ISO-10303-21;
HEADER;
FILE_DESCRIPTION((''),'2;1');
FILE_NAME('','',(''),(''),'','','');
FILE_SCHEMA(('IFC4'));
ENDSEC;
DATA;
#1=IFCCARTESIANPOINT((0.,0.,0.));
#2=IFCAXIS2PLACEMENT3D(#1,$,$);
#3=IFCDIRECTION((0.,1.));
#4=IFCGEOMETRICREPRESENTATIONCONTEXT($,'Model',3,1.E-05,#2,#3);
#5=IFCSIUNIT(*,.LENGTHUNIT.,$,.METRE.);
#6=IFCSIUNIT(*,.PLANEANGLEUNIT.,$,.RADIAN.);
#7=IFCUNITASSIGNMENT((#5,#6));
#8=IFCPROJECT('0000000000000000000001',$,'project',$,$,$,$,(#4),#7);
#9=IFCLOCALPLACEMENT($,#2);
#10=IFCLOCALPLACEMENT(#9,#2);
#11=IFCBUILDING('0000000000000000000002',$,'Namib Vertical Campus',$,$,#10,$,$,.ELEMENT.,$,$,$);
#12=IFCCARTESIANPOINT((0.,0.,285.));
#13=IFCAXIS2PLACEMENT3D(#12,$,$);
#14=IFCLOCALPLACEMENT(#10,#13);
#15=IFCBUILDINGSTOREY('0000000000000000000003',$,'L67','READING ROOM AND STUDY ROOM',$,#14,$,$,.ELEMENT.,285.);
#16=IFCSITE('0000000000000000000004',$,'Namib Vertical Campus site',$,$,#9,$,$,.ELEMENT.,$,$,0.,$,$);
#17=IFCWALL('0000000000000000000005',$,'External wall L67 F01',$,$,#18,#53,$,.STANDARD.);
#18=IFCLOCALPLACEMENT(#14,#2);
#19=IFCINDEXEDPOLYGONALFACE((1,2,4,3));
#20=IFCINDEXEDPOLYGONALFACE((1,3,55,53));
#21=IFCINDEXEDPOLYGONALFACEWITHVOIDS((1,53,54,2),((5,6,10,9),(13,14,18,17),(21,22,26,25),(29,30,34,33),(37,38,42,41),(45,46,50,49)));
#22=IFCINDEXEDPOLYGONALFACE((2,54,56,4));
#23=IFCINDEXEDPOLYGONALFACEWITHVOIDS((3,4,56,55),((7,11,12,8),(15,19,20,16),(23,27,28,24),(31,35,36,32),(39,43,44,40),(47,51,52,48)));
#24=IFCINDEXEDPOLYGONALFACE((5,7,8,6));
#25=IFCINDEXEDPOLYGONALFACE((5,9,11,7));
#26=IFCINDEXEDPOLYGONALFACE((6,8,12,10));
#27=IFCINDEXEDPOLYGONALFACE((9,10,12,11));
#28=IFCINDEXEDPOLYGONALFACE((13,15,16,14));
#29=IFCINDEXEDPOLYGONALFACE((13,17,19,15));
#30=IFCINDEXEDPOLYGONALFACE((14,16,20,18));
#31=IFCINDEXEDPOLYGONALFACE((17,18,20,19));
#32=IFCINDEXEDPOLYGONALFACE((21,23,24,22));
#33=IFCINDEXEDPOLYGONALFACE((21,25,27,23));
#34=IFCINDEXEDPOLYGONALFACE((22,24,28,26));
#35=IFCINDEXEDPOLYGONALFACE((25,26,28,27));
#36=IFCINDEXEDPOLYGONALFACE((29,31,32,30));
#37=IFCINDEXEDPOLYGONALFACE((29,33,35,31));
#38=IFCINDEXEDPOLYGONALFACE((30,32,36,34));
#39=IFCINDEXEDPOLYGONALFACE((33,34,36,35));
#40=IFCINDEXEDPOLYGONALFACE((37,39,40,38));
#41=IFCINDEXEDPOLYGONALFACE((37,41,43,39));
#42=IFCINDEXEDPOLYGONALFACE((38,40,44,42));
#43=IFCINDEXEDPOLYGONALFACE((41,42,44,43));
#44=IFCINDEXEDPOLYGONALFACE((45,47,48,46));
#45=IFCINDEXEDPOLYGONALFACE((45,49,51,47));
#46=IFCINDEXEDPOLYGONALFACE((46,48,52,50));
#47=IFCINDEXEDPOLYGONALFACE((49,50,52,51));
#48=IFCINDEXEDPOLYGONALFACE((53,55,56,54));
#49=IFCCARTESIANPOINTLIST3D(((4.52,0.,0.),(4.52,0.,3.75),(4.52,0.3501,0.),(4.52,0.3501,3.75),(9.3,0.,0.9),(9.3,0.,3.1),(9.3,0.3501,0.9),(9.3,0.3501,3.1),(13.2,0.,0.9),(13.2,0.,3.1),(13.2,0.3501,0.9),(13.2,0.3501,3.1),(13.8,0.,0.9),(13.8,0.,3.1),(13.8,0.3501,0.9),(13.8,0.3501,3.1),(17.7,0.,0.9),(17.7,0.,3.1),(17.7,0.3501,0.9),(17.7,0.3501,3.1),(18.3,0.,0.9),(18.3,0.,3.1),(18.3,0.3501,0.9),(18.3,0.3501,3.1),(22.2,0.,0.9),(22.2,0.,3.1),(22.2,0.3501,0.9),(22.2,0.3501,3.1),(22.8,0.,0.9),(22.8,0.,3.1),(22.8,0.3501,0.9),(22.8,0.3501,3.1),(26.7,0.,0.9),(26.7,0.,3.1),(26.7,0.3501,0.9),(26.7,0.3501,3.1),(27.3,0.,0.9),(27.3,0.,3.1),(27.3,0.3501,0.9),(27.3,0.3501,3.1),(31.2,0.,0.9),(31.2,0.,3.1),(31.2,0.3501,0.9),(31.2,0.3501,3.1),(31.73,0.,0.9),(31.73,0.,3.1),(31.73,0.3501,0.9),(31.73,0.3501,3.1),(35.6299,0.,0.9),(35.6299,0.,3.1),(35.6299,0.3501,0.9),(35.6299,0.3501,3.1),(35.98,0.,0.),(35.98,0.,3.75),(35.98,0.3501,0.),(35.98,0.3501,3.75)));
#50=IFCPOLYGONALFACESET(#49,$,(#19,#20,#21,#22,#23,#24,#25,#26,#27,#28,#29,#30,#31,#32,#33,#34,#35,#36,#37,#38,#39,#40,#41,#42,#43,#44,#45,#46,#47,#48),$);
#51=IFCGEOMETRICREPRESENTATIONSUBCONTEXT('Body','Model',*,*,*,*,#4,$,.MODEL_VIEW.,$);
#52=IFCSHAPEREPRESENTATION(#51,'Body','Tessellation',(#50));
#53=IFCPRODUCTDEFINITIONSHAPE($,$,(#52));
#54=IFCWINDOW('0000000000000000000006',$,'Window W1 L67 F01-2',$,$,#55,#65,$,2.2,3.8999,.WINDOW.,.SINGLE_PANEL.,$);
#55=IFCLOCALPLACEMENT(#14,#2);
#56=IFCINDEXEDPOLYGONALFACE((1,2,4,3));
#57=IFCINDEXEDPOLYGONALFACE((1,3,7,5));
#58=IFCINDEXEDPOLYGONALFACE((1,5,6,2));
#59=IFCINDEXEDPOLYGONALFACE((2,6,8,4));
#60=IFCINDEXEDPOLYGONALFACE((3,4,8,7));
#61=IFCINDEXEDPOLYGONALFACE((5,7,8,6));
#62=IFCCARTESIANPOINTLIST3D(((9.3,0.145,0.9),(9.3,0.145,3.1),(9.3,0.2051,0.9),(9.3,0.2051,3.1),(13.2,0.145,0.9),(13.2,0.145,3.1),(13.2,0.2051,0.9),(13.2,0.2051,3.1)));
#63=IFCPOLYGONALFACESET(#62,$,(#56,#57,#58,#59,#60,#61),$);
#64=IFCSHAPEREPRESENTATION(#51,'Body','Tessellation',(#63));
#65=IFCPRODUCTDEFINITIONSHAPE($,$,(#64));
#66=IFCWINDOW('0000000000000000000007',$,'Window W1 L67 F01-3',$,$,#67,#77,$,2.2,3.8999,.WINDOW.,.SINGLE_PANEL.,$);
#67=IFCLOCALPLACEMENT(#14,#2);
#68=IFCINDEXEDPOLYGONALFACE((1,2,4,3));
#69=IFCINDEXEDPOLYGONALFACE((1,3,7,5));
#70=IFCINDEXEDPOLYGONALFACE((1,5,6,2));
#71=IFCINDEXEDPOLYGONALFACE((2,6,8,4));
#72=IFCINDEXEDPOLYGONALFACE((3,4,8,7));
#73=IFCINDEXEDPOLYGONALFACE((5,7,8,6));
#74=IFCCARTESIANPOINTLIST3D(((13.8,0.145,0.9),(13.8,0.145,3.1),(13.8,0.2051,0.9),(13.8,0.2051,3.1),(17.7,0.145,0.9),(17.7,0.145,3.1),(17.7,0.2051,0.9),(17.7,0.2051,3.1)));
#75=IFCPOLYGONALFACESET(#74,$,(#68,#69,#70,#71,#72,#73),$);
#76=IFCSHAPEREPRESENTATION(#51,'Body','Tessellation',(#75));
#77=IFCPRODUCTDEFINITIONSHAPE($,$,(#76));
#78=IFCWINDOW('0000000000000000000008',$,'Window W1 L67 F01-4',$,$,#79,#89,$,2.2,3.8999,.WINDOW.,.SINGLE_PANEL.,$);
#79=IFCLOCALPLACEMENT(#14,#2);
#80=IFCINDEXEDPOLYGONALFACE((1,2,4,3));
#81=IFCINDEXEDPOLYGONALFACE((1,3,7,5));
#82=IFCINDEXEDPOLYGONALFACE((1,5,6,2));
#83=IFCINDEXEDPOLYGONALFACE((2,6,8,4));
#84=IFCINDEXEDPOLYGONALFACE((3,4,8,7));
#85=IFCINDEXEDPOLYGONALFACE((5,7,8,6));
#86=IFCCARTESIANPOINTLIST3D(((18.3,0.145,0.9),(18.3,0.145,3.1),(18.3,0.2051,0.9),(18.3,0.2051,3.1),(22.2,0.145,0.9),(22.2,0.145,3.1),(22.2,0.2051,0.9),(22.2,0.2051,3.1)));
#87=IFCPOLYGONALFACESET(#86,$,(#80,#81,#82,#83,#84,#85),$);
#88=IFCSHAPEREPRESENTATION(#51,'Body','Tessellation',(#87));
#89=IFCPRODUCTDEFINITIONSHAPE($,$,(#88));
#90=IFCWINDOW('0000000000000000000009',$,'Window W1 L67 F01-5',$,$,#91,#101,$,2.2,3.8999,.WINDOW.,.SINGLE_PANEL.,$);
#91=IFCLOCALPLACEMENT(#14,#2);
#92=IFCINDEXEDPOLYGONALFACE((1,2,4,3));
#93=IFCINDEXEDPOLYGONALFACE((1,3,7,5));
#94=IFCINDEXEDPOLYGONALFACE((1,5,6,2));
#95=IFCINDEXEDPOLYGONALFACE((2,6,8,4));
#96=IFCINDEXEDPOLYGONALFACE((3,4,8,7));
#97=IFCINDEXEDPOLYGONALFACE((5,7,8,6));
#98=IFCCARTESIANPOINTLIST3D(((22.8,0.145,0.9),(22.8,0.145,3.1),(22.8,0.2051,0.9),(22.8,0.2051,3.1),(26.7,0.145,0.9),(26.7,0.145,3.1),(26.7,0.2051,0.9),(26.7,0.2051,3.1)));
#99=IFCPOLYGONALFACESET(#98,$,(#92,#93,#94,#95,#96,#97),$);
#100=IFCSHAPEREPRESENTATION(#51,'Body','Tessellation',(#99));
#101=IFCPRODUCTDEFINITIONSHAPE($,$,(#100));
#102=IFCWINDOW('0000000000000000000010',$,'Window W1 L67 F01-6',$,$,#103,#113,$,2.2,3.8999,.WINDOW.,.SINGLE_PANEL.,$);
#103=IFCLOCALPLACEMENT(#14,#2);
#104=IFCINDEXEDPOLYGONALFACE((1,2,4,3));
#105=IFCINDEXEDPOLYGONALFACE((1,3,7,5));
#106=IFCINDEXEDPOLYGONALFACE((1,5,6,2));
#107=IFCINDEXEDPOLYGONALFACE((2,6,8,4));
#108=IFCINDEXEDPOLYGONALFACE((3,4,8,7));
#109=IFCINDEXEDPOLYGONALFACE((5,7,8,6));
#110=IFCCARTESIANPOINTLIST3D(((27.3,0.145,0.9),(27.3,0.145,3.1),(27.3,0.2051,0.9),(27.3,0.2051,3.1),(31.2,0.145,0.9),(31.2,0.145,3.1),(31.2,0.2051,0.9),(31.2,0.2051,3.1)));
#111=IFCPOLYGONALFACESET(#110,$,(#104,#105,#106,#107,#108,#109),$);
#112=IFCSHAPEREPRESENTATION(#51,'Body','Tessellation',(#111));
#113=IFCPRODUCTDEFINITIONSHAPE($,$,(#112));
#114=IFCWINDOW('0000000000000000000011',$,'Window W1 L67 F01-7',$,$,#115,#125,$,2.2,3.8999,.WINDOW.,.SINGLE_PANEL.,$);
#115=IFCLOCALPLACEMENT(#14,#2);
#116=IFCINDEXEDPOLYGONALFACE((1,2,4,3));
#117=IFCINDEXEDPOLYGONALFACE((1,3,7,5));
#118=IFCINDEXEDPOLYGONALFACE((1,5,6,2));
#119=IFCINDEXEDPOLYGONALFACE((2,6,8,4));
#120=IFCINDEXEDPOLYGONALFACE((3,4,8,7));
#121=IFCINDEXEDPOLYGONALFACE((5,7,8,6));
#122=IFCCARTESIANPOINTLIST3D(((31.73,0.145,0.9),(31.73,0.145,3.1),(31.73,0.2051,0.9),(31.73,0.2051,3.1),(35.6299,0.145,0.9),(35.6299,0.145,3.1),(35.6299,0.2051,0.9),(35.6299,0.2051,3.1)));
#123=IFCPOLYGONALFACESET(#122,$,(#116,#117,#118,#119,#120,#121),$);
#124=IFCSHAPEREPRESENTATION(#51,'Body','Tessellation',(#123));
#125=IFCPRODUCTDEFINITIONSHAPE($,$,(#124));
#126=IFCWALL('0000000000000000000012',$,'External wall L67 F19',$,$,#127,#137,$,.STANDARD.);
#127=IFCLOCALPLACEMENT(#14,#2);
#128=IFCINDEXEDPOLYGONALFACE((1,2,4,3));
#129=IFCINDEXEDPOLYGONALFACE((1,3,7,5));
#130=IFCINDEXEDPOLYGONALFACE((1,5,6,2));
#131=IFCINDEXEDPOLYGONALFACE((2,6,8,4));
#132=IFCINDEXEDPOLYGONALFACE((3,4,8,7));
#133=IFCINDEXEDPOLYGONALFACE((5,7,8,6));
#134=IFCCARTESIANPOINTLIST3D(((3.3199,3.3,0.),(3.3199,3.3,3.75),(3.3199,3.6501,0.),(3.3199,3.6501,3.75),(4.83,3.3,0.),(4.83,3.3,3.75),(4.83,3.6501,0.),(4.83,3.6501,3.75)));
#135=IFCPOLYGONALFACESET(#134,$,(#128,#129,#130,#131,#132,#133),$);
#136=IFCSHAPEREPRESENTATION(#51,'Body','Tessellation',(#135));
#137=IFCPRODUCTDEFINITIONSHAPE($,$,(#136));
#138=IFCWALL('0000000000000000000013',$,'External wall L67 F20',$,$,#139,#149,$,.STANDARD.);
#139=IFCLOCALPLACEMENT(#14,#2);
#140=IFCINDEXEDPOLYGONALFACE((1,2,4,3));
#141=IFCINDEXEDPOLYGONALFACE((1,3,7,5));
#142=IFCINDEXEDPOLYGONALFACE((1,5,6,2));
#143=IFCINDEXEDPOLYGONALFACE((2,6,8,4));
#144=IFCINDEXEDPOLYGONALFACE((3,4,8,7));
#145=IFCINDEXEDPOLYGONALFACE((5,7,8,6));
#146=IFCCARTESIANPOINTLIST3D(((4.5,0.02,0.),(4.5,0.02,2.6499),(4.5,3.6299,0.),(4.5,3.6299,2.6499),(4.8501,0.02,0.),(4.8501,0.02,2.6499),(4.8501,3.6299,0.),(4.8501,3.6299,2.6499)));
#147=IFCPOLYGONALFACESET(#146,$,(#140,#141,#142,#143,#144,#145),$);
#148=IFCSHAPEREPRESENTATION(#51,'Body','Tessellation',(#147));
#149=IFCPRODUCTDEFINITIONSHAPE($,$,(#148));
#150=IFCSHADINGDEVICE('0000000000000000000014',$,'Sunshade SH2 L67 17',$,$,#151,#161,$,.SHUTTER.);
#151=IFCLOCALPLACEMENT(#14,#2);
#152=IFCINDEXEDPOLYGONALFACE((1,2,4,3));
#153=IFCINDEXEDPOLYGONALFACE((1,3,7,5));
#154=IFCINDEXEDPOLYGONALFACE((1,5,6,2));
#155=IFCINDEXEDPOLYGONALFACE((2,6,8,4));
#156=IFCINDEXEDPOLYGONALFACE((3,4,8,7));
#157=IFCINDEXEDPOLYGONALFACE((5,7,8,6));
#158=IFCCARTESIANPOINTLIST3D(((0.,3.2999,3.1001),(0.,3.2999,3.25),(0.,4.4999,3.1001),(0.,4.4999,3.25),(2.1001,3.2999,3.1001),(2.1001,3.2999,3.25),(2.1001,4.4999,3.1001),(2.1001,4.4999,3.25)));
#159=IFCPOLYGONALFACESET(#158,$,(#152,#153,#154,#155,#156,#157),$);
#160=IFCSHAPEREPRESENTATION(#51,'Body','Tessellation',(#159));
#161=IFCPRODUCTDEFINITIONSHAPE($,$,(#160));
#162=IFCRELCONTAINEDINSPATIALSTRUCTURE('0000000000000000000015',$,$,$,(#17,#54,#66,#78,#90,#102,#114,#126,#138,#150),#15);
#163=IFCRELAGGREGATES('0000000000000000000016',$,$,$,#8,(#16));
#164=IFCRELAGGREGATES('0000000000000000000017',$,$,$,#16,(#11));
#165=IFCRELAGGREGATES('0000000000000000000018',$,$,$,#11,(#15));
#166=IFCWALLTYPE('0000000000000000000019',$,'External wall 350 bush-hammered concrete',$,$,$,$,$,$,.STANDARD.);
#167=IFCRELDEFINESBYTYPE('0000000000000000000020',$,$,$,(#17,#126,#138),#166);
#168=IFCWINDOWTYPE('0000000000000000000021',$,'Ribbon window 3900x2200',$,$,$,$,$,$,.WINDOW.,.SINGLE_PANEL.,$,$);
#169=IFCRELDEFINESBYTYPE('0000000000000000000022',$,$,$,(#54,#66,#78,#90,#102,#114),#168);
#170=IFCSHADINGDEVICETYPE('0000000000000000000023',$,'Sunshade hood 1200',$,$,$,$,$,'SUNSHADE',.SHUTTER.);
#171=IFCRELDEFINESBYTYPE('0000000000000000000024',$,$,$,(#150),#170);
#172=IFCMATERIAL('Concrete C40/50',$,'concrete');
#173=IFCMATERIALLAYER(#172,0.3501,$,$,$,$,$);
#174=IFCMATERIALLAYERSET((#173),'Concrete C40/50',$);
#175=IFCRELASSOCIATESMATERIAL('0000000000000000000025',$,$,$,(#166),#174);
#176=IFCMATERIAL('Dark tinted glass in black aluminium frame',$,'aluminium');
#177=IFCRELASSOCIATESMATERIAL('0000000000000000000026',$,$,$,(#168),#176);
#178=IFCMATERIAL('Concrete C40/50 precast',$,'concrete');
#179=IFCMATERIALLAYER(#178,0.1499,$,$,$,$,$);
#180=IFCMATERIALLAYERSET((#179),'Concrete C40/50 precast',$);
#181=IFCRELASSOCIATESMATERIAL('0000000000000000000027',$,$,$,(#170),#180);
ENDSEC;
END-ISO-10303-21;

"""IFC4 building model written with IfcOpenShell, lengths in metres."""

from ifc_helpers import new_model, si_unit, direction, frame, frame_2d, origin, origin_2d, place, context, subcontext, project, spatial, rectangle, extrude, material, layer, layer_set, type_object, element, fill, save


model = new_model("IFC4")

# Units and contexts
model_context = context("Model", 3, precision=1e-05, world=origin(), true_north=direction((0.0, 1.0)))
body_context = subcontext(model_context, "Body", "Model", "MODEL_VIEW")
ifc_project = project(units=[si_unit("LENGTHUNIT", "METRE"), si_unit("PLANEANGLEUNIT", "RADIAN")], contexts=[model_context])

# Site, building, storey
site_placement = place(None, origin())
site = spatial("IfcSite", under=ifc_project, at=site_placement, Name="Namib Vertical Campus site", CompositionType="ELEMENT", RefElevation=0.0)
building_placement = place(site_placement, origin())
building = spatial("IfcBuilding", under=site, at=building_placement, Name="Namib Vertical Campus", CompositionType="ELEMENT")
storey_placement = place(building_placement, frame((0.0, 0.0, 285.0)))
storey = spatial("IfcBuildingStorey", under=building, at=storey_placement, Name="L67", Description="READING ROOM AND STUDY ROOM", CompositionType="ELEMENT", Elevation=285.0)

# Wall, openings, windows
ifc_material_1 = material(Name="Concrete C40/50", Category="concrete")
ifc_layer_1 = layer(ifc_material_1, 0.3501)
ifc_layer_set_1 = layer_set([ifc_layer_1], Name="Concrete C40/50")
wall_type = type_object("IfcWallType", Name="External wall 350 bush-hammered concrete", PredefinedType="STANDARD", material=ifc_layer_set_1)
wall_1_placement = place(storey_placement, frame((4.52, 0.175, 0.0), z_axis=(0.0, 0.0, 1.0), x_axis=(1.0, 0.0, 0.0)))
wall_1 = element("IfcWall", 1, at=wall_1_placement, inside=storey, type_object=wall_type, Name="External wall L67 F01", PredefinedType="STANDARD", context=body_context, shape_type="SweptSolid", body=[
    extrude(rectangle(XDim=31.46, YDim=0.3501, at=frame_2d((15.73, 0.0))), origin(), (0.0, 0.0, 1.0), 3.75),
])
opening_1_placement = place(wall_1_placement, frame((4.78, 0.0, 0.8999)))
opening_1 = element("IfcOpeningElement", 2, at=opening_1_placement, cuts=wall_1, PredefinedType="OPENING", context=body_context, shape_type="SweptSolid", body=[
    extrude(rectangle(XDim=3.8999, YDim=2.2, at=frame_2d((1.95, 1.1001))), frame((0.0, 0.1851, 0.0), z_axis=(0.0, -1.0, 0.0), x_axis=(1.0, 0.0, 0.0)), (0.0, 0.0, 1.0), 0.3701),
])
opening_2_placement = place(wall_1_placement, frame((9.28, 0.0, 0.8999)))
opening_2 = element("IfcOpeningElement", 3, at=opening_2_placement, cuts=wall_1, PredefinedType="OPENING", context=body_context, shape_type="SweptSolid", body=[
    extrude(rectangle(XDim=3.8999, YDim=2.2, at=frame_2d((1.95, 1.1001))), frame((0.0, 0.1851, 0.0), z_axis=(0.0, -1.0, 0.0), x_axis=(1.0, 0.0, 0.0)), (0.0, 0.0, 1.0), 0.3701),
])
opening_3_placement = place(wall_1_placement, frame((13.78, 0.0, 0.8999)))
opening_3 = element("IfcOpeningElement", 4, at=opening_3_placement, cuts=wall_1, PredefinedType="OPENING", context=body_context, shape_type="SweptSolid", body=[
    extrude(rectangle(XDim=3.8999, YDim=2.2, at=frame_2d((1.95, 1.1001))), frame((0.0, 0.1851, 0.0), z_axis=(0.0, -1.0, 0.0), x_axis=(1.0, 0.0, 0.0)), (0.0, 0.0, 1.0), 0.3701),
])
opening_4_placement = place(wall_1_placement, frame((18.28, 0.0, 0.8999)))
opening_4 = element("IfcOpeningElement", 5, at=opening_4_placement, cuts=wall_1, PredefinedType="OPENING", context=body_context, shape_type="SweptSolid", body=[
    extrude(rectangle(XDim=3.8999, YDim=2.2, at=frame_2d((1.95, 1.1001))), frame((0.0, 0.1851, 0.0), z_axis=(0.0, -1.0, 0.0), x_axis=(1.0, 0.0, 0.0)), (0.0, 0.0, 1.0), 0.3701),
])
opening_5_placement = place(wall_1_placement, frame((22.78, 0.0, 0.8999)))
opening_5 = element("IfcOpeningElement", 6, at=opening_5_placement, cuts=wall_1, PredefinedType="OPENING", context=body_context, shape_type="SweptSolid", body=[
    extrude(rectangle(XDim=3.8999, YDim=2.2, at=frame_2d((1.95, 1.1001))), frame((0.0, 0.1851, 0.0), z_axis=(0.0, -1.0, 0.0), x_axis=(1.0, 0.0, 0.0)), (0.0, 0.0, 1.0), 0.3701),
])
opening_6_placement = place(wall_1_placement, frame((27.21, 0.0, 0.8999)))
opening_6 = element("IfcOpeningElement", 7, at=opening_6_placement, cuts=wall_1, PredefinedType="OPENING", context=body_context, shape_type="SweptSolid", body=[
    extrude(rectangle(XDim=3.8999, YDim=2.2, at=frame_2d((1.95, 1.1001))), frame((0.0, 0.1851, 0.0), z_axis=(0.0, -1.0, 0.0), x_axis=(1.0, 0.0, 0.0)), (0.0, 0.0, 1.0), 0.3701),
])
ifc_material_2 = material(Name="Dark tinted glass in black aluminium frame", Category="aluminium")
window_type = type_object("IfcWindowType", Name="Ribbon window 3900x2200", PartitioningType="SINGLE_PANEL", PredefinedType="WINDOW", material=ifc_material_2)
window_1_placement = place(opening_1_placement, origin())
window_1 = element("IfcWindow", 8, at=window_1_placement, inside=storey, type_object=window_type, Name="Window W1 L67 F01-2", OverallHeight=2.2, OverallWidth=3.8999, PartitioningType="SINGLE_PANEL", PredefinedType="WINDOW", context=body_context, shape_type="SweptSolid", body=[
    extrude(rectangle(XDim=3.8999, YDim=2.2, at=frame_2d((1.95, 1.1001))), frame((0.0, 0.03, 0.0), z_axis=(0.0, -1.0, 0.0), x_axis=(1.0, 0.0, 0.0)), (0.0, 0.0, 1.0), 0.0601),
])
fill(opening_1, window_1)
window_2_placement = place(opening_2_placement, origin())
window_2 = element("IfcWindow", 9, at=window_2_placement, inside=storey, type_object=window_type, Name="Window W1 L67 F01-3", OverallHeight=2.2, OverallWidth=3.8999, PartitioningType="SINGLE_PANEL", PredefinedType="WINDOW", context=body_context, shape_type="SweptSolid", body=[
    extrude(rectangle(XDim=3.8999, YDim=2.2, at=frame_2d((1.95, 1.1001))), frame((0.0, 0.03, 0.0), z_axis=(0.0, -1.0, 0.0), x_axis=(1.0, 0.0, 0.0)), (0.0, 0.0, 1.0), 0.0601),
])
fill(opening_2, window_2)
window_3_placement = place(opening_3_placement, origin())
window_3 = element("IfcWindow", 10, at=window_3_placement, inside=storey, type_object=window_type, Name="Window W1 L67 F01-4", OverallHeight=2.2, OverallWidth=3.8999, PartitioningType="SINGLE_PANEL", PredefinedType="WINDOW", context=body_context, shape_type="SweptSolid", body=[
    extrude(rectangle(XDim=3.8999, YDim=2.2, at=frame_2d((1.95, 1.1001))), frame((0.0, 0.03, 0.0), z_axis=(0.0, -1.0, 0.0), x_axis=(1.0, 0.0, 0.0)), (0.0, 0.0, 1.0), 0.0601),
])
fill(opening_3, window_3)
window_4_placement = place(opening_4_placement, origin())
window_4 = element("IfcWindow", 11, at=window_4_placement, inside=storey, type_object=window_type, Name="Window W1 L67 F01-5", OverallHeight=2.2, OverallWidth=3.8999, PartitioningType="SINGLE_PANEL", PredefinedType="WINDOW", context=body_context, shape_type="SweptSolid", body=[
    extrude(rectangle(XDim=3.8999, YDim=2.2, at=frame_2d((1.95, 1.1001))), frame((0.0, 0.03, 0.0), z_axis=(0.0, -1.0, 0.0), x_axis=(1.0, 0.0, 0.0)), (0.0, 0.0, 1.0), 0.0601),
])
fill(opening_4, window_4)
window_5_placement = place(opening_5_placement, origin())
window_5 = element("IfcWindow", 12, at=window_5_placement, inside=storey, type_object=window_type, Name="Window W1 L67 F01-6", OverallHeight=2.2, OverallWidth=3.8999, PartitioningType="SINGLE_PANEL", PredefinedType="WINDOW", context=body_context, shape_type="SweptSolid", body=[
    extrude(rectangle(XDim=3.8999, YDim=2.2, at=frame_2d((1.95, 1.1001))), frame((0.0, 0.03, 0.0), z_axis=(0.0, -1.0, 0.0), x_axis=(1.0, 0.0, 0.0)), (0.0, 0.0, 1.0), 0.0601),
])
fill(opening_5, window_5)
window_6_placement = place(opening_6_placement, origin())
window_6 = element("IfcWindow", 13, at=window_6_placement, inside=storey, type_object=window_type, Name="Window W1 L67 F01-7", OverallHeight=2.2, OverallWidth=3.8999, PartitioningType="SINGLE_PANEL", PredefinedType="WINDOW", context=body_context, shape_type="SweptSolid", body=[
    extrude(rectangle(XDim=3.8999, YDim=2.2, at=frame_2d((1.95, 1.1001))), frame((0.0, 0.03, 0.0), z_axis=(0.0, -1.0, 0.0), x_axis=(1.0, 0.0, 0.0)), (0.0, 0.0, 1.0), 0.0601),
])
fill(opening_6, window_6)

# Walls
wall_2_placement = place(storey_placement, frame((3.3201, 3.4751, 0.0), z_axis=(0.0, 0.0, 1.0), x_axis=(1.0, 0.0, 0.0)))
element("IfcWall", 14, at=wall_2_placement, inside=storey, type_object=wall_type, Name="External wall L67 F19", PredefinedType="STANDARD", context=body_context, shape_type="SweptSolid", body=[
    extrude(rectangle(XDim=1.51, YDim=0.3501, at=frame_2d((0.7549, 0.0))), origin(), (0.0, 0.0, 1.0), 3.75),
])
wall_3_placement = place(storey_placement, frame((4.675, 3.6299, 0.0), z_axis=(0.0, 0.0, 1.0), x_axis=(0.0, -1.0, 0.0)))
element("IfcWall", 15, at=wall_3_placement, inside=storey, type_object=wall_type, Name="External wall L67 F20", PredefinedType="STANDARD", context=body_context, shape_type="SweptSolid", body=[
    extrude(rectangle(XDim=3.6099, YDim=0.3501, at=frame_2d((1.8049, 0.0))), origin(), (0.0, 0.0, 1.0), 2.6499),
])

# Shading device
ifc_material_3 = material(Name="Concrete C40/50 precast", Category="concrete")
ifc_layer_2 = layer(ifc_material_3, 0.1499)
ifc_layer_set_2 = layer_set([ifc_layer_2], Name="Concrete C40/50 precast")
shading_device_type = type_object("IfcShadingDeviceType", Name="Sunshade hood 1200", ElementType="SUNSHADE", PredefinedType="SHUTTER", material=ifc_layer_set_2)
for number, where, z_axis, x_axis, name in (
    (16, (1.05, 3.8999, 3.1001), (0.0, 0.0, 1.0), (1.0, 0.0, 0.0), "Sunshade SH2 L67 17"),
):
    element("IfcShadingDevice", number, at=place(storey_placement, frame(where, z_axis=z_axis, x_axis=x_axis)), inside=storey, type_object=shading_device_type, Name=name, PredefinedType="SHUTTER", context=body_context, shape_type="SweptSolid", body=[
        extrude(rectangle(XDim=2.1001, YDim=1.2, at=origin_2d()), origin(), (0.0, 0.0, 1.0), 0.1499),
    ])

save(model, "model.ifc")
